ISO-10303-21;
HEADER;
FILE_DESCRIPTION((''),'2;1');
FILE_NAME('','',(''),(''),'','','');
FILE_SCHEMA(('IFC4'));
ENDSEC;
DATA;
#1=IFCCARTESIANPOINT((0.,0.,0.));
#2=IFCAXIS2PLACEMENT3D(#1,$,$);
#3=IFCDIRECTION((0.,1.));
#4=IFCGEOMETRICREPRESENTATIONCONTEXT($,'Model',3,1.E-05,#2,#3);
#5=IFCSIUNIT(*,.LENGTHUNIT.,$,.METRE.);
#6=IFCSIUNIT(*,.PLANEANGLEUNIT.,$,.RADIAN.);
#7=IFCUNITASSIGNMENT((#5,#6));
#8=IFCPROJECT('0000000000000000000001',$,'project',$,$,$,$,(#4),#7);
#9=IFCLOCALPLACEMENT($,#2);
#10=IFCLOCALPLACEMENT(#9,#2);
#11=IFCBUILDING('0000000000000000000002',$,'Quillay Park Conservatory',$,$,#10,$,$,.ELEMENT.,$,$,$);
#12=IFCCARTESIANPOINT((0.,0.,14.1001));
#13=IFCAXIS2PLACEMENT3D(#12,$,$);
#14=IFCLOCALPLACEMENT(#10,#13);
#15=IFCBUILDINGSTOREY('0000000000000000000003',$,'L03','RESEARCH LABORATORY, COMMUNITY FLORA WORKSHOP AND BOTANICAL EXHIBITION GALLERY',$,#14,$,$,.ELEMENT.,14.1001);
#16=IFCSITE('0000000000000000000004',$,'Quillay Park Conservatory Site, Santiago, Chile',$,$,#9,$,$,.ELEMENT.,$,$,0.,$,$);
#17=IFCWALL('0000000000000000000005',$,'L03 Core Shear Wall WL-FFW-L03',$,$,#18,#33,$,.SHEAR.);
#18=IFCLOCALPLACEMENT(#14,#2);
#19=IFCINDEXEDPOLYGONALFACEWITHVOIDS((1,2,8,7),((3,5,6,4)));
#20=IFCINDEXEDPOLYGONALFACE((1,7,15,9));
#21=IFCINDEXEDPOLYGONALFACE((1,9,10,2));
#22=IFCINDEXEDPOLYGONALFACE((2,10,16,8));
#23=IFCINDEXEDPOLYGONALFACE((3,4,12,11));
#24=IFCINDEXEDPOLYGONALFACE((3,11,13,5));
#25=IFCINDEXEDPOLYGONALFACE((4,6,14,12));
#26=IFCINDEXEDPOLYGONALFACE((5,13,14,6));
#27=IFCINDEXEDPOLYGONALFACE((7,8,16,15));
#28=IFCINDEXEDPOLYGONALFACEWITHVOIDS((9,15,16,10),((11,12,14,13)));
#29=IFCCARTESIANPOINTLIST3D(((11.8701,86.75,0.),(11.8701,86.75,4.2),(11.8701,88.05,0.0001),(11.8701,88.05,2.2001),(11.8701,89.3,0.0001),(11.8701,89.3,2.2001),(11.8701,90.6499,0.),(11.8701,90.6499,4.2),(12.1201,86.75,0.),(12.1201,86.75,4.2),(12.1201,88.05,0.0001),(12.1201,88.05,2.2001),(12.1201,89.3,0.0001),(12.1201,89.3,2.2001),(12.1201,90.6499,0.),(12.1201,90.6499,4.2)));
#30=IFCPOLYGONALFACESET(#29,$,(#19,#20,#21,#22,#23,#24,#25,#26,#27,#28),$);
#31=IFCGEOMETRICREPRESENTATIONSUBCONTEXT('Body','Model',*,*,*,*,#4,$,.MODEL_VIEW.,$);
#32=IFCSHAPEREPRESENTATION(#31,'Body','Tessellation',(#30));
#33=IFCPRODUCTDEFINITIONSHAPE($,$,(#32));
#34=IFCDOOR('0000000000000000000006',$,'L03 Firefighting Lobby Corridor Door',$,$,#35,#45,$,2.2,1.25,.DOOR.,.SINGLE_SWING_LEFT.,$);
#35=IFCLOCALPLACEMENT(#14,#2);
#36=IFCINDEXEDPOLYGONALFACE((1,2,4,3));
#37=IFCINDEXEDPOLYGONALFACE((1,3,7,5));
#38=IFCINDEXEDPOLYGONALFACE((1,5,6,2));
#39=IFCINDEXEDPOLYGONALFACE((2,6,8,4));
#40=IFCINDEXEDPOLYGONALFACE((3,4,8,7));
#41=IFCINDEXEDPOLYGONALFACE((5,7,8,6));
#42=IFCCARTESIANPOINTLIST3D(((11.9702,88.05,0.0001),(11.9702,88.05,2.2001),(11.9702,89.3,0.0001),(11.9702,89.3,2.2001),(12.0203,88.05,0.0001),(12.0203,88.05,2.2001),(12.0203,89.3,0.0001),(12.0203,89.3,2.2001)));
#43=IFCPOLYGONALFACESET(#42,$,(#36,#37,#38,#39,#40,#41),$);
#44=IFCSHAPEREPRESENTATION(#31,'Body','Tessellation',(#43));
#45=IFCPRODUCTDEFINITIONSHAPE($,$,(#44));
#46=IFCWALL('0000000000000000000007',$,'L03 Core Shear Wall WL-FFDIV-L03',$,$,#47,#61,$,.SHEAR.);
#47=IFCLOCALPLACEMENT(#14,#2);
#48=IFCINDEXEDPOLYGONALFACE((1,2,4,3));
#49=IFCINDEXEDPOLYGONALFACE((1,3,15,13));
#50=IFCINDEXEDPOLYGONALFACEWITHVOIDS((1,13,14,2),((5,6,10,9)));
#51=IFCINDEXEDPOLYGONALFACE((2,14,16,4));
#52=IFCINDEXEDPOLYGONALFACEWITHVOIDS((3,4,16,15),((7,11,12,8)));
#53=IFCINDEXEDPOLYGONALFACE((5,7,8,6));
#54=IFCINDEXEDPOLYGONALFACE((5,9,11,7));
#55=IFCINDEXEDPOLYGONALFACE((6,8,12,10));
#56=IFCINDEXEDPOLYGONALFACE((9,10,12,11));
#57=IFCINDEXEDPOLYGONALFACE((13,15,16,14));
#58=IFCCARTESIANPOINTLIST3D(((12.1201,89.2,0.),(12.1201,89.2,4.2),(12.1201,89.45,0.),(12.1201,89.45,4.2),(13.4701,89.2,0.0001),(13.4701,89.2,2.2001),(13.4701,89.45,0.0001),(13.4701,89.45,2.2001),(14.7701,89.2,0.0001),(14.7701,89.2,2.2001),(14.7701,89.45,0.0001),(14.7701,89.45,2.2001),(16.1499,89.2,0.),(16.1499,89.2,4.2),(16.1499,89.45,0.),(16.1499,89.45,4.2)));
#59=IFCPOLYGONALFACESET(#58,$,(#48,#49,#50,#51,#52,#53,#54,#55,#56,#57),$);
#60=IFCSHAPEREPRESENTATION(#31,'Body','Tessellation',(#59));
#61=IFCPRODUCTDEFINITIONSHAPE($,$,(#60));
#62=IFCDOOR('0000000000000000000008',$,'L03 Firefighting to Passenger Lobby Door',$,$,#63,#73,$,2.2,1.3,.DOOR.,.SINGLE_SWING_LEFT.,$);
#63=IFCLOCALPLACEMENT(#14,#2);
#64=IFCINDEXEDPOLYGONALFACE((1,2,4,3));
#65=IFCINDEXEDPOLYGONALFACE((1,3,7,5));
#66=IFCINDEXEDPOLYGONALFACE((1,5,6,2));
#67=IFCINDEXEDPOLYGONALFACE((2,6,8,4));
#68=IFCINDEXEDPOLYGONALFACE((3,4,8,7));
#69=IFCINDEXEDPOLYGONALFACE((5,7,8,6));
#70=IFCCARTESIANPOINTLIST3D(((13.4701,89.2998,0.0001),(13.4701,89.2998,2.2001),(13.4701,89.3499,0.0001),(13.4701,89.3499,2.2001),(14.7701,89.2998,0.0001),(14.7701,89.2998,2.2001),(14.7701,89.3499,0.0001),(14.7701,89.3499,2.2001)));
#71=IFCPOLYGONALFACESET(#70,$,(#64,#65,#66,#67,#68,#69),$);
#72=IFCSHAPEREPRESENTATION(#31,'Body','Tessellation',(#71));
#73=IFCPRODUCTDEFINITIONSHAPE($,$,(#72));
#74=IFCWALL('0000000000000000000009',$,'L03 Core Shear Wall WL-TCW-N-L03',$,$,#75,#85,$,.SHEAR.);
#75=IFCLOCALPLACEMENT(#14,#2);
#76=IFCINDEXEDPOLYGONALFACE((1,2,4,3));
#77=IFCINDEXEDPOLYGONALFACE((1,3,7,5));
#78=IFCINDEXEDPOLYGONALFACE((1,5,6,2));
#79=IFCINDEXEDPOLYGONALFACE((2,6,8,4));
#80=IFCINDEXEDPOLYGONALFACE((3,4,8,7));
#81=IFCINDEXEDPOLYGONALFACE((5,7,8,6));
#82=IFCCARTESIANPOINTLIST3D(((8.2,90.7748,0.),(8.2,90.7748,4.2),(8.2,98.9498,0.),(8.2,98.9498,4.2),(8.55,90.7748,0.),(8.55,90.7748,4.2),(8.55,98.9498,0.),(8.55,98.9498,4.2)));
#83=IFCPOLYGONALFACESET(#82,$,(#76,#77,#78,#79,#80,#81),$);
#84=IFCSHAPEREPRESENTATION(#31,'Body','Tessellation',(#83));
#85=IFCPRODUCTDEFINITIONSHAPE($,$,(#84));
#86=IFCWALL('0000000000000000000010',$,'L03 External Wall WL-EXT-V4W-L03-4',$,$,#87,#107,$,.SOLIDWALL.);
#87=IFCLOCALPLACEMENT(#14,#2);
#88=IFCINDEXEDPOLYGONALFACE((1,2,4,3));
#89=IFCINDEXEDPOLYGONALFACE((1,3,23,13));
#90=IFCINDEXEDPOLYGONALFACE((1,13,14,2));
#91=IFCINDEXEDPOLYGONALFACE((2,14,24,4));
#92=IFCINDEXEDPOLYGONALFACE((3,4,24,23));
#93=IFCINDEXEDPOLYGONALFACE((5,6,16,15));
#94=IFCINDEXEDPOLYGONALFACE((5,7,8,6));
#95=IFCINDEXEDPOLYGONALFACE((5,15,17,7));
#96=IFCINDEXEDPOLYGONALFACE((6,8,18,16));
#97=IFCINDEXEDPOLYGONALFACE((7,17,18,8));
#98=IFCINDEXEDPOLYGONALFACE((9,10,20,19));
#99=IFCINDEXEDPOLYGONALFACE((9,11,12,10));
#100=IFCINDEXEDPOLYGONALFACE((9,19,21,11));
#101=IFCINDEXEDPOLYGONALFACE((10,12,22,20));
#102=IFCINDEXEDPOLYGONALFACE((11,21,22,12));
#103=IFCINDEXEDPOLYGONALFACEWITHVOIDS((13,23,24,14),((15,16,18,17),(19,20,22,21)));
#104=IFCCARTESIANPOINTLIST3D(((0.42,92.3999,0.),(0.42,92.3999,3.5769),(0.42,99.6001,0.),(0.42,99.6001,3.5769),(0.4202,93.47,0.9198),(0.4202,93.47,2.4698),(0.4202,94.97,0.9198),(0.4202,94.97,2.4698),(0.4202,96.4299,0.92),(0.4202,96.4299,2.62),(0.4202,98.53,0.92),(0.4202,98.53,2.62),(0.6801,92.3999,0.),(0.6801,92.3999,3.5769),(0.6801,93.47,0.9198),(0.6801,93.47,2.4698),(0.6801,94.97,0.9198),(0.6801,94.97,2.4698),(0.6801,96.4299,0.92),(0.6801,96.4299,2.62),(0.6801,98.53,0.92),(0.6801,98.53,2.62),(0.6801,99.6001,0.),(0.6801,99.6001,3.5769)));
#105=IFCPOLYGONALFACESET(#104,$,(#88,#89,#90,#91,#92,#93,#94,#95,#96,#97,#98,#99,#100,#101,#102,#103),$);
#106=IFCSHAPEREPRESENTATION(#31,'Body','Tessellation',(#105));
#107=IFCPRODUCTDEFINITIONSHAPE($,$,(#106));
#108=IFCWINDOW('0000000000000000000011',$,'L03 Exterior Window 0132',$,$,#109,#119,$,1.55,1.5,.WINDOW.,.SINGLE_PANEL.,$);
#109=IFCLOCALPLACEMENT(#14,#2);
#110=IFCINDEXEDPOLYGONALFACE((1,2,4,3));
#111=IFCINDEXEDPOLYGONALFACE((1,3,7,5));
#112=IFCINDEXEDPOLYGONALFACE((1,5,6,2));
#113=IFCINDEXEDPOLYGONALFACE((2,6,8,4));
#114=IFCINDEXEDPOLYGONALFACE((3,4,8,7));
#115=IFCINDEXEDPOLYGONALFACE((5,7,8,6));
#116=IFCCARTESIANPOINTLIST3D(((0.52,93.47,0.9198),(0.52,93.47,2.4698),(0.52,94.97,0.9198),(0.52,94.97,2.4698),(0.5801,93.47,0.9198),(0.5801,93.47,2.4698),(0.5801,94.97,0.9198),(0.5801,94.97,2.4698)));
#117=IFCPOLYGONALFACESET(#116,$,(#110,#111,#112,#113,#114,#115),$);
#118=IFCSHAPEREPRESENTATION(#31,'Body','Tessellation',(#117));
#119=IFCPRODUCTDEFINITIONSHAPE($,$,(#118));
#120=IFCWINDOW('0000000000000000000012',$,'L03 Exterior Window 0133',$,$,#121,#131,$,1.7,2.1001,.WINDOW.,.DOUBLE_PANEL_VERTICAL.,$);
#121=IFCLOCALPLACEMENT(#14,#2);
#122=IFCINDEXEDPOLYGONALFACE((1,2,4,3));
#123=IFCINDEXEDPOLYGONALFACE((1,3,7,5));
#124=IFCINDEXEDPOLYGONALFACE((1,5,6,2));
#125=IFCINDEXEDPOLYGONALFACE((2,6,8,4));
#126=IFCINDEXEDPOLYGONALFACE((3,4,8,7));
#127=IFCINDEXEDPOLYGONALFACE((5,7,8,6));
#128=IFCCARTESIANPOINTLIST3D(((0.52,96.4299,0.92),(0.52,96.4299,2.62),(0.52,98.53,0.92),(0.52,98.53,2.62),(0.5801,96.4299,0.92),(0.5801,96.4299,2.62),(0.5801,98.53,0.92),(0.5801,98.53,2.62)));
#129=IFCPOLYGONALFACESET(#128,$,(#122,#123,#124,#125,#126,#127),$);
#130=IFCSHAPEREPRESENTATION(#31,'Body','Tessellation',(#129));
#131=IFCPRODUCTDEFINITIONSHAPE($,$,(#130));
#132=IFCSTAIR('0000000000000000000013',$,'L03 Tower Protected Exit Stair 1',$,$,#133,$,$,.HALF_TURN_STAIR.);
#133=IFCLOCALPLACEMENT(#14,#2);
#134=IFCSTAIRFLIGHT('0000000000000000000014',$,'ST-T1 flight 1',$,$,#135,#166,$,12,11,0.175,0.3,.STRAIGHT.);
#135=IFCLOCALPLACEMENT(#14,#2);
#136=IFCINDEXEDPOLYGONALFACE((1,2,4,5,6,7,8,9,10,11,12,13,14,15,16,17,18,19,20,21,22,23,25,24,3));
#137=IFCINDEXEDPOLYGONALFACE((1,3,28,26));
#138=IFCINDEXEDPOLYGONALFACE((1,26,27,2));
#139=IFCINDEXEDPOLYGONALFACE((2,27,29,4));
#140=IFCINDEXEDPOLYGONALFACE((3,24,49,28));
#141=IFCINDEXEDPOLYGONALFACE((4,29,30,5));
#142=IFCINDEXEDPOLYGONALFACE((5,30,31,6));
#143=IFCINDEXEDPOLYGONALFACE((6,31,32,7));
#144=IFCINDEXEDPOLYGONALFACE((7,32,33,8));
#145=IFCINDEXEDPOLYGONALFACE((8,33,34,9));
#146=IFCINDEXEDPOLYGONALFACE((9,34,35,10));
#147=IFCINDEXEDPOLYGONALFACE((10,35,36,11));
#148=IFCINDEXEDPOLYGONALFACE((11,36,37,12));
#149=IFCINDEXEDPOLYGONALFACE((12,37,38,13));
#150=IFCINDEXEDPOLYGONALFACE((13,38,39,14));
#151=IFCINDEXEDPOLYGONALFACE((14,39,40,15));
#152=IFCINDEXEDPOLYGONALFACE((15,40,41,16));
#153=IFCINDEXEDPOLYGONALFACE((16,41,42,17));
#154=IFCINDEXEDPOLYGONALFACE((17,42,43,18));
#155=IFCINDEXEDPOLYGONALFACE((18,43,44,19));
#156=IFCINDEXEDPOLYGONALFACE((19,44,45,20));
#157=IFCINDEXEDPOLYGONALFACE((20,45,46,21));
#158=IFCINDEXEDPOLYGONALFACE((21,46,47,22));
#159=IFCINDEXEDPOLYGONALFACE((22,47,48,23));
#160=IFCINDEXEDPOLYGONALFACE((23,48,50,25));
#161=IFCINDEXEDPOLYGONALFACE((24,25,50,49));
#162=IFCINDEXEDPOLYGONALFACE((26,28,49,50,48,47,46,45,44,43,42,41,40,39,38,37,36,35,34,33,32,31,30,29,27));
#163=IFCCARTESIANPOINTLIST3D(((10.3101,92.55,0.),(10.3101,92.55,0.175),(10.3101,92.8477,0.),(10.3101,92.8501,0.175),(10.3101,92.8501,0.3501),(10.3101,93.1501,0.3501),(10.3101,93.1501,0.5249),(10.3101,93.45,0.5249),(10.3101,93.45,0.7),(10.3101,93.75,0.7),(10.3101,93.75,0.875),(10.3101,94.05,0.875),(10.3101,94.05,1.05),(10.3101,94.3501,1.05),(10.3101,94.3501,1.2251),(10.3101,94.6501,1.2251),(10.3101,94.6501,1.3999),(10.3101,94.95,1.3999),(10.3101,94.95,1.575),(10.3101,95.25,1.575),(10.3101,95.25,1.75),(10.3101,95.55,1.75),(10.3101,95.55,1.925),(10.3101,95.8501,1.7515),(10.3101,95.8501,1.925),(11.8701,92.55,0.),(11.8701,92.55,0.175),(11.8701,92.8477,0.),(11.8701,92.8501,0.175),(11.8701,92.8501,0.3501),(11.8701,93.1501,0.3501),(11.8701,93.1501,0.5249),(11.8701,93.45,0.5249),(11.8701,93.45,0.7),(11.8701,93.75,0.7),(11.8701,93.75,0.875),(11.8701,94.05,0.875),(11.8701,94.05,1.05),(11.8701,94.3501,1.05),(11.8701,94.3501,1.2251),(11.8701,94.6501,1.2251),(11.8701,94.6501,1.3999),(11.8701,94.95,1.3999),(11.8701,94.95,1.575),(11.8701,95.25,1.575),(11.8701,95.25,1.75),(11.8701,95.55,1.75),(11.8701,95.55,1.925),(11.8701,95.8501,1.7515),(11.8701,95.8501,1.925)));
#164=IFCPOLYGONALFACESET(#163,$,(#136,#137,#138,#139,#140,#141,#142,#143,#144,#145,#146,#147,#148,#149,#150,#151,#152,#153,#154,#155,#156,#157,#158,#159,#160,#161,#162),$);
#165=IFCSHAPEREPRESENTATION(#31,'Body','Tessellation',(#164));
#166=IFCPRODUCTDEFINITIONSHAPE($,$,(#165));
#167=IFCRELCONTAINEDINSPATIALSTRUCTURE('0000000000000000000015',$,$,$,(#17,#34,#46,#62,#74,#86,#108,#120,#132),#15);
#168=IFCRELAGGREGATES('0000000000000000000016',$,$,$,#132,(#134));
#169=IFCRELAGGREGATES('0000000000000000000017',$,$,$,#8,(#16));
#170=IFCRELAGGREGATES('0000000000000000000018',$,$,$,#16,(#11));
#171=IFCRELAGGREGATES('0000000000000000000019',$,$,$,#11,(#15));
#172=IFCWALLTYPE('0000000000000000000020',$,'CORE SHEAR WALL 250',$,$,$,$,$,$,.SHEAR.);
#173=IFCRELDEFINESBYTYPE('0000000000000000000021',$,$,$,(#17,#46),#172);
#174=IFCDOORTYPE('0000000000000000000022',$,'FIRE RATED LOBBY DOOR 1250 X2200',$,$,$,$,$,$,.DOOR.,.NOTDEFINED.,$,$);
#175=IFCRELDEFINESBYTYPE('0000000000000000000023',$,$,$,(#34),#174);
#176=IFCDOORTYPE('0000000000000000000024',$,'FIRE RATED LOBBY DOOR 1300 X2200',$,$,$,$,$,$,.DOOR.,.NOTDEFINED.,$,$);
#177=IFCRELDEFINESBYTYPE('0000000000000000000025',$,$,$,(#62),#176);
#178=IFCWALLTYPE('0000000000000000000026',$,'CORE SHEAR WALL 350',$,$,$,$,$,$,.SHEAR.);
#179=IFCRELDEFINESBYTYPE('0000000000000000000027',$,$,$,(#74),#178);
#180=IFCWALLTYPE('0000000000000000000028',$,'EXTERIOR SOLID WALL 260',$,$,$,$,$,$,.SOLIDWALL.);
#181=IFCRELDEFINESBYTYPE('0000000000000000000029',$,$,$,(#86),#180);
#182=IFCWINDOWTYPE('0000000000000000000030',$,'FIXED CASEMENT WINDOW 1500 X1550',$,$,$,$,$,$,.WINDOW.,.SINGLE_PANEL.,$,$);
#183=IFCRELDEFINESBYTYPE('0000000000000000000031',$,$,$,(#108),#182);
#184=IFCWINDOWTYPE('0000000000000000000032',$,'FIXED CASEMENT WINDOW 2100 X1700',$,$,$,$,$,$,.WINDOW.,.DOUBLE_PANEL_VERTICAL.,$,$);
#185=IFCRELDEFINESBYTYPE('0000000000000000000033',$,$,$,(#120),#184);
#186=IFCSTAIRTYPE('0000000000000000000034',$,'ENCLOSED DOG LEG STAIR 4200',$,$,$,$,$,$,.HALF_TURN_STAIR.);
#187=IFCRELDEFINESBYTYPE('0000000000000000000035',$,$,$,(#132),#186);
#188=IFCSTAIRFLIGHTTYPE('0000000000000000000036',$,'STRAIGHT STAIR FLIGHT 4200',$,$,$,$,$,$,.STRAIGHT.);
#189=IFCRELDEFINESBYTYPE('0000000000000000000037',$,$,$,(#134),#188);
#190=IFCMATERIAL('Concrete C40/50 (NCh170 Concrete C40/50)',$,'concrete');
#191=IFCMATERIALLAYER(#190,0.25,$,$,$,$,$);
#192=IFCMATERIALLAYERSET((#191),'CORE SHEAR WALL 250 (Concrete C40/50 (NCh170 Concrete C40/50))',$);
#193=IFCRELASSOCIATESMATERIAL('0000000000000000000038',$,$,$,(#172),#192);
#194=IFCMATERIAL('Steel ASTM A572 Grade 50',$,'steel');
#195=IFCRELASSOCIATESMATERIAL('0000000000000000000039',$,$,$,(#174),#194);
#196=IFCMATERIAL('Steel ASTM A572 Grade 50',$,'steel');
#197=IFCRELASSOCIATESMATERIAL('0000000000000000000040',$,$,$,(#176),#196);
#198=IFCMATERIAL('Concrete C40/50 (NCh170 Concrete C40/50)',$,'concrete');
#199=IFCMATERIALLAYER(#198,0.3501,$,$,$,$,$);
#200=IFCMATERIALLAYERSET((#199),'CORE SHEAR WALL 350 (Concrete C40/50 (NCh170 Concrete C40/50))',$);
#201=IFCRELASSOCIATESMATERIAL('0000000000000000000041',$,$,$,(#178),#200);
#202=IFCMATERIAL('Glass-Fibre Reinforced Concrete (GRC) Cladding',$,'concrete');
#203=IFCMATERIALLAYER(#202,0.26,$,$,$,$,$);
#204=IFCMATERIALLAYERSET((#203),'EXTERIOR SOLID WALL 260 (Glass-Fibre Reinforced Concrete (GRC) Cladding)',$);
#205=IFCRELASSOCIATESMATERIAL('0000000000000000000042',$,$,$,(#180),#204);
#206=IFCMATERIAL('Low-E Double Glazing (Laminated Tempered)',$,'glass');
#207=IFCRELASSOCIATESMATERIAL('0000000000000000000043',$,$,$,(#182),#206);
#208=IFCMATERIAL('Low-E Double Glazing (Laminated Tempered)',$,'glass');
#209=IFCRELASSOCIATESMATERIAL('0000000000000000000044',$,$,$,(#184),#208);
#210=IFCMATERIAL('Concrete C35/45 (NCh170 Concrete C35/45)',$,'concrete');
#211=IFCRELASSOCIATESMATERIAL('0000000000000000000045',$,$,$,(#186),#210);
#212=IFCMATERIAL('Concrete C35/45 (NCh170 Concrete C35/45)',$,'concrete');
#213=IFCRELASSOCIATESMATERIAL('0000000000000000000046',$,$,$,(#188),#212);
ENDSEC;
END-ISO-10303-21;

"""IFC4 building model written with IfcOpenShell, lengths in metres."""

from ifc_helpers import new_model, si_unit, direction, frame, frame_2d, origin, place, context, subcontext, project, spatial, polyline, rectangle, outline, extrude, material, layer, layer_set, type_object, element, fill, aggregate, save


model = new_model("IFC4")

# Units and contexts
model_context = context("Model", 3, precision=1e-05, world=origin(), true_north=direction((0.0, 1.0)))
body_context = subcontext(model_context, "Body", "Model", "MODEL_VIEW")
ifc_project = project(units=[si_unit("LENGTHUNIT", "METRE"), si_unit("PLANEANGLEUNIT", "RADIAN")], contexts=[model_context])

# Site, building, storey
site_placement = place(None, origin())
site = spatial("IfcSite", under=ifc_project, at=site_placement, Name="Quillay Park Conservatory Site, Santiago, Chile", CompositionType="ELEMENT", RefElevation=0.0)
building_placement = place(site_placement, origin())
building = spatial("IfcBuilding", under=site, at=building_placement, Name="Quillay Park Conservatory", CompositionType="ELEMENT")
storey_placement = place(building_placement, frame((0.0, 0.0, 14.1001)))
storey = spatial("IfcBuildingStorey", under=building, at=storey_placement, Name="L03", Description="RESEARCH LABORATORY, COMMUNITY FLORA WORKSHOP AND BOTANICAL EXHIBITION GALLERY", CompositionType="ELEMENT", Elevation=14.1001)

# Shared definitions
ifc_material_1 = material(Name="Concrete C40/50 (NCh170 Concrete C40/50)", Category="concrete")
ifc_layer_1 = layer(ifc_material_1, 0.25)
ifc_layer_set_1 = layer_set([ifc_layer_1], Name="CORE SHEAR WALL 250 (Concrete C40/50 (NCh170 Concrete C40/50))")
wall_type_1 = type_object("IfcWallType", Name="CORE SHEAR WALL 250", PredefinedType="SHEAR", material=ifc_layer_set_1)

# Walls, openings, doors
wall_1_placement = place(storey_placement, frame((11.9951, 86.75, 0.0), z_axis=(0.0, 0.0, 1.0), x_axis=(0.0, 1.0, 0.0)))
wall_1 = element("IfcWall", 1, at=wall_1_placement, inside=storey, type_object=wall_type_1, Name="L03 Core Shear Wall WL-FFW-L03", PredefinedType="SHEAR", context=body_context, shape_type="SweptSolid", body=[
    extrude(rectangle(XDim=3.8999, YDim=0.25, at=frame_2d((1.95, 0.0))), origin(), (0.0, 0.0, 1.0), 4.2),
])
opening_1_placement = place(wall_1_placement, frame((1.3, 0.0, 0.0)))
opening_1 = element("IfcOpeningElement", 2, at=opening_1_placement, cuts=wall_1, PredefinedType="OPENING", context=body_context, shape_type="SweptSolid", body=[
    extrude(rectangle(XDim=1.25, YDim=2.2, at=frame_2d((0.625, 1.1001))), frame((0.0, 0.125, 0.0), z_axis=(0.0, -1.0, 0.0), x_axis=(1.0, 0.0, 0.0)), (0.0, 0.0, 1.0), 0.25),
])
ifc_material_2 = material(Name="Steel ASTM A572 Grade 50", Category="steel")
door_type_1 = type_object("IfcDoorType", Name="FIRE RATED LOBBY DOOR 1250 X2200", OperationType="NOTDEFINED", PredefinedType="DOOR", material=ifc_material_2)
door_1_placement = place(opening_1_placement, origin())
door_1 = element("IfcDoor", 3, at=door_1_placement, inside=storey, type_object=door_type_1, Name="L03 Firefighting Lobby Corridor Door", OperationType="SINGLE_SWING_LEFT", OverallHeight=2.2, OverallWidth=1.25, PredefinedType="DOOR", context=body_context, shape_type="SweptSolid", body=[
    extrude(rectangle(XDim=1.25, YDim=2.2, at=frame_2d((0.625, 1.1001))), frame((0.0, 0.0249, 0.0), z_axis=(0.0, -1.0, 0.0), x_axis=(1.0, 0.0, 0.0)), (0.0, 0.0, 1.0), 0.05),
])
fill(opening_1, door_1)
wall_2_placement = place(storey_placement, frame((12.1201, 89.325, 0.0), z_axis=(0.0, 0.0, 1.0), x_axis=(1.0, 0.0, 0.0)))
wall_2 = element("IfcWall", 4, at=wall_2_placement, inside=storey, type_object=wall_type_1, Name="L03 Core Shear Wall WL-FFDIV-L03", PredefinedType="SHEAR", context=body_context, shape_type="SweptSolid", body=[
    extrude(rectangle(XDim=4.0298, YDim=0.25, at=frame_2d((2.0149, 0.0))), origin(), (0.0, 0.0, 1.0), 4.2),
])
opening_2_placement = place(wall_2_placement, frame((1.3501, 0.0, 0.0)))
opening_2 = element("IfcOpeningElement", 5, at=opening_2_placement, cuts=wall_2, PredefinedType="OPENING", context=body_context, shape_type="SweptSolid", body=[
    extrude(rectangle(XDim=1.3, YDim=2.2, at=frame_2d((0.6499, 1.1001))), frame((0.0, 0.125, 0.0), z_axis=(0.0, -1.0, 0.0), x_axis=(1.0, 0.0, 0.0)), (0.0, 0.0, 1.0), 0.25),
])
ifc_material_3 = material(Name="Steel ASTM A572 Grade 50", Category="steel")
door_type_2 = type_object("IfcDoorType", Name="FIRE RATED LOBBY DOOR 1300 X2200", OperationType="NOTDEFINED", PredefinedType="DOOR", material=ifc_material_3)
door_2_placement = place(opening_2_placement, origin())
door_2 = element("IfcDoor", 6, at=door_2_placement, inside=storey, type_object=door_type_2, Name="L03 Firefighting to Passenger Lobby Door", OperationType="SINGLE_SWING_LEFT", OverallHeight=2.2, OverallWidth=1.3, PredefinedType="DOOR", context=body_context, shape_type="SweptSolid", body=[
    extrude(rectangle(XDim=1.3, YDim=2.2, at=frame_2d((0.6499, 1.1001))), frame((0.0, 0.0249, 0.0), z_axis=(0.0, -1.0, 0.0), x_axis=(1.0, 0.0, 0.0)), (0.0, 0.0, 1.0), 0.05),
])
fill(opening_2, door_2)

# Wall
ifc_material_4 = material(Name="Concrete C40/50 (NCh170 Concrete C40/50)", Category="concrete")
ifc_layer_2 = layer(ifc_material_4, 0.3501)
ifc_layer_set_2 = layer_set([ifc_layer_2], Name="CORE SHEAR WALL 350 (Concrete C40/50 (NCh170 Concrete C40/50))")
wall_type_2 = type_object("IfcWallType", Name="CORE SHEAR WALL 350", PredefinedType="SHEAR", material=ifc_layer_set_2)
wall_3_placement = place(storey_placement, frame((8.375, 90.7749, 0.0), z_axis=(0.0, 0.0, 1.0), x_axis=(0.0, 1.0, 0.0)))
element("IfcWall", 7, at=wall_3_placement, inside=storey, type_object=wall_type_2, Name="L03 Core Shear Wall WL-TCW-N-L03", PredefinedType="SHEAR", context=body_context, shape_type="SweptSolid", body=[
    extrude(rectangle(XDim=8.175, YDim=0.3501, at=frame_2d((4.0874, 0.0))), origin(), (0.0, 0.0, 1.0), 4.2),
])

# Wall, openings, windows
ifc_material_5 = material(Name="Glass-Fibre Reinforced Concrete (GRC) Cladding", Category="concrete")
ifc_layer_3 = layer(ifc_material_5, 0.26)
ifc_layer_set_3 = layer_set([ifc_layer_3], Name="EXTERIOR SOLID WALL 260 (Glass-Fibre Reinforced Concrete (GRC) Cladding)")
wall_type_3 = type_object("IfcWallType", Name="EXTERIOR SOLID WALL 260", PredefinedType="SOLIDWALL", material=ifc_layer_set_3)
wall_4_placement = place(storey_placement, frame((0.55, 92.3999, 0.0), z_axis=(0.0, 0.0, 1.0), x_axis=(0.0, 1.0, 0.0)))
wall_4 = element("IfcWall", 8, at=wall_4_placement, inside=storey, type_object=wall_type_3, Name="L03 External Wall WL-EXT-V4W-L03-4", PredefinedType="SOLIDWALL", context=body_context, shape_type="SweptSolid", body=[
    extrude(rectangle(XDim=7.2002, YDim=0.26, at=frame_2d((3.6001, 0.0))), origin(), (0.0, 0.0, 1.0), 3.5769),
])
opening_3_placement = place(wall_4_placement, frame((1.0701, 0.0, 0.9199)))
opening_3 = element("IfcOpeningElement", 9, at=opening_3_placement, cuts=wall_4, PredefinedType="OPENING", context=body_context, shape_type="SweptSolid", body=[
    extrude(rectangle(XDim=1.5, YDim=1.55, at=frame_2d((0.75, 0.7749))), frame((0.0, 0.1299, 0.0), z_axis=(0.0, -1.0, 0.0), x_axis=(1.0, 0.0, 0.0)), (0.0, 0.0, 1.0), 0.26),
])
opening_4_placement = place(wall_4_placement, frame((4.03, 0.0, 0.9199)))
opening_4 = element("IfcOpeningElement", 10, at=opening_4_placement, cuts=wall_4, PredefinedType="OPENING", context=body_context, shape_type="SweptSolid", body=[
    extrude(rectangle(XDim=2.1001, YDim=1.7, at=frame_2d((1.05, 0.8501))), frame((0.0, 0.1299, 0.0), z_axis=(0.0, -1.0, 0.0), x_axis=(1.0, 0.0, 0.0)), (0.0, 0.0, 1.0), 0.26),
])
ifc_material_6 = material(Name="Low-E Double Glazing (Laminated Tempered)", Category="glass")
window_type_1 = type_object("IfcWindowType", Name="FIXED CASEMENT WINDOW 1500 X1550", PartitioningType="SINGLE_PANEL", PredefinedType="WINDOW", material=ifc_material_6)
window_1_placement = place(opening_3_placement, origin())
window_1 = element("IfcWindow", 11, at=window_1_placement, inside=storey, type_object=window_type_1, Name="L03 Exterior Window 0132", OverallHeight=1.55, OverallWidth=1.5, PartitioningType="SINGLE_PANEL", PredefinedType="WINDOW", context=body_context, shape_type="SweptSolid", body=[
    extrude(rectangle(XDim=1.5, YDim=1.55, at=frame_2d((0.75, 0.7749))), frame((0.0, 0.03, 0.0), z_axis=(0.0, -1.0, 0.0), x_axis=(1.0, 0.0, 0.0)), (0.0, 0.0, 1.0), 0.0601),
])
fill(opening_3, window_1)
ifc_material_7 = material(Name="Low-E Double Glazing (Laminated Tempered)", Category="glass")
window_type_2 = type_object("IfcWindowType", Name="FIXED CASEMENT WINDOW 2100 X1700", PartitioningType="DOUBLE_PANEL_VERTICAL", PredefinedType="WINDOW", material=ifc_material_7)
window_2_placement = place(opening_4_placement, origin())
window_2 = element("IfcWindow", 12, at=window_2_placement, inside=storey, type_object=window_type_2, Name="L03 Exterior Window 0133", OverallHeight=1.7, OverallWidth=2.1001, PartitioningType="DOUBLE_PANEL_VERTICAL", PredefinedType="WINDOW", context=body_context, shape_type="SweptSolid", body=[
    extrude(rectangle(XDim=2.1001, YDim=1.7, at=frame_2d((1.05, 0.8501))), frame((0.0, 0.03, 0.0), z_axis=(0.0, -1.0, 0.0), x_axis=(1.0, 0.0, 0.0)), (0.0, 0.0, 1.0), 0.0601),
])
fill(opening_4, window_2)

# Stair, stair flight
ifc_material_8 = material(Name="Concrete C35/45 (NCh170 Concrete C35/45)", Category="concrete")
stair_type = type_object("IfcStairType", Name="ENCLOSED DOG LEG STAIR 4200", PredefinedType="HALF_TURN_STAIR", material=ifc_material_8)
stair_placement = place(storey_placement, origin())
stair = element("IfcStair", 13, at=stair_placement, inside=storey, type_object=stair_type, Name="L03 Tower Protected Exit Stair 1", PredefinedType="HALF_TURN_STAIR")
ifc_material_9 = material(Name="Concrete C35/45 (NCh170 Concrete C35/45)", Category="concrete")
stair_flight_type = type_object("IfcStairFlightType", Name="STRAIGHT STAIR FLIGHT 4200", PredefinedType="STRAIGHT", material=ifc_material_9)
stair_flight_1_placement = place(storey_placement, frame((11.0901, 92.55, 0.0), z_axis=(0.0, 0.0, 1.0), x_axis=(0.0, 1.0, 0.0)))
stair_flight_1 = element("IfcStairFlight", 14, at=stair_flight_1_placement, type_object=stair_flight_type, Name="ST-T1 flight 1", NumberOfRisers=12, NumberOfTreads=11, PredefinedType="STRAIGHT", RiserHeight=0.175, TreadLength=0.3, context=body_context, shape_type="SweptSolid", body=[
    extrude(outline(polyline([(0.0, 0.0), (0.0, 0.175), (0.3, 0.175), (0.3, 0.3501), (0.6001, 0.3501), (0.6001, 0.5249), (0.8999, 0.5249), (0.8999, 0.7), (1.2, 0.7), (1.2, 0.875), (1.5, 0.875), (1.5, 1.05), (1.8, 1.05), (1.8, 1.2251), (2.1001, 1.2251), (2.1001, 1.3999), (2.3999, 1.3999), (2.3999, 1.575), (2.7, 1.575), (2.7, 1.75), (3.0, 1.75), (3.0, 1.925), (3.3, 1.925), (3.3, 2.1001), (3.3, 1.7515), (0.2976, 0.0), (0.0, 0.0)])), frame((0.0, 0.78, 0.0), z_axis=(0.0, -1.0, 0.0), x_axis=(1.0, 0.0, 0.0)), (0.0, 0.0, 1.0), 1.5601),
])
aggregate(stair, [stair_flight_1])

save(model, "model.ifc")
